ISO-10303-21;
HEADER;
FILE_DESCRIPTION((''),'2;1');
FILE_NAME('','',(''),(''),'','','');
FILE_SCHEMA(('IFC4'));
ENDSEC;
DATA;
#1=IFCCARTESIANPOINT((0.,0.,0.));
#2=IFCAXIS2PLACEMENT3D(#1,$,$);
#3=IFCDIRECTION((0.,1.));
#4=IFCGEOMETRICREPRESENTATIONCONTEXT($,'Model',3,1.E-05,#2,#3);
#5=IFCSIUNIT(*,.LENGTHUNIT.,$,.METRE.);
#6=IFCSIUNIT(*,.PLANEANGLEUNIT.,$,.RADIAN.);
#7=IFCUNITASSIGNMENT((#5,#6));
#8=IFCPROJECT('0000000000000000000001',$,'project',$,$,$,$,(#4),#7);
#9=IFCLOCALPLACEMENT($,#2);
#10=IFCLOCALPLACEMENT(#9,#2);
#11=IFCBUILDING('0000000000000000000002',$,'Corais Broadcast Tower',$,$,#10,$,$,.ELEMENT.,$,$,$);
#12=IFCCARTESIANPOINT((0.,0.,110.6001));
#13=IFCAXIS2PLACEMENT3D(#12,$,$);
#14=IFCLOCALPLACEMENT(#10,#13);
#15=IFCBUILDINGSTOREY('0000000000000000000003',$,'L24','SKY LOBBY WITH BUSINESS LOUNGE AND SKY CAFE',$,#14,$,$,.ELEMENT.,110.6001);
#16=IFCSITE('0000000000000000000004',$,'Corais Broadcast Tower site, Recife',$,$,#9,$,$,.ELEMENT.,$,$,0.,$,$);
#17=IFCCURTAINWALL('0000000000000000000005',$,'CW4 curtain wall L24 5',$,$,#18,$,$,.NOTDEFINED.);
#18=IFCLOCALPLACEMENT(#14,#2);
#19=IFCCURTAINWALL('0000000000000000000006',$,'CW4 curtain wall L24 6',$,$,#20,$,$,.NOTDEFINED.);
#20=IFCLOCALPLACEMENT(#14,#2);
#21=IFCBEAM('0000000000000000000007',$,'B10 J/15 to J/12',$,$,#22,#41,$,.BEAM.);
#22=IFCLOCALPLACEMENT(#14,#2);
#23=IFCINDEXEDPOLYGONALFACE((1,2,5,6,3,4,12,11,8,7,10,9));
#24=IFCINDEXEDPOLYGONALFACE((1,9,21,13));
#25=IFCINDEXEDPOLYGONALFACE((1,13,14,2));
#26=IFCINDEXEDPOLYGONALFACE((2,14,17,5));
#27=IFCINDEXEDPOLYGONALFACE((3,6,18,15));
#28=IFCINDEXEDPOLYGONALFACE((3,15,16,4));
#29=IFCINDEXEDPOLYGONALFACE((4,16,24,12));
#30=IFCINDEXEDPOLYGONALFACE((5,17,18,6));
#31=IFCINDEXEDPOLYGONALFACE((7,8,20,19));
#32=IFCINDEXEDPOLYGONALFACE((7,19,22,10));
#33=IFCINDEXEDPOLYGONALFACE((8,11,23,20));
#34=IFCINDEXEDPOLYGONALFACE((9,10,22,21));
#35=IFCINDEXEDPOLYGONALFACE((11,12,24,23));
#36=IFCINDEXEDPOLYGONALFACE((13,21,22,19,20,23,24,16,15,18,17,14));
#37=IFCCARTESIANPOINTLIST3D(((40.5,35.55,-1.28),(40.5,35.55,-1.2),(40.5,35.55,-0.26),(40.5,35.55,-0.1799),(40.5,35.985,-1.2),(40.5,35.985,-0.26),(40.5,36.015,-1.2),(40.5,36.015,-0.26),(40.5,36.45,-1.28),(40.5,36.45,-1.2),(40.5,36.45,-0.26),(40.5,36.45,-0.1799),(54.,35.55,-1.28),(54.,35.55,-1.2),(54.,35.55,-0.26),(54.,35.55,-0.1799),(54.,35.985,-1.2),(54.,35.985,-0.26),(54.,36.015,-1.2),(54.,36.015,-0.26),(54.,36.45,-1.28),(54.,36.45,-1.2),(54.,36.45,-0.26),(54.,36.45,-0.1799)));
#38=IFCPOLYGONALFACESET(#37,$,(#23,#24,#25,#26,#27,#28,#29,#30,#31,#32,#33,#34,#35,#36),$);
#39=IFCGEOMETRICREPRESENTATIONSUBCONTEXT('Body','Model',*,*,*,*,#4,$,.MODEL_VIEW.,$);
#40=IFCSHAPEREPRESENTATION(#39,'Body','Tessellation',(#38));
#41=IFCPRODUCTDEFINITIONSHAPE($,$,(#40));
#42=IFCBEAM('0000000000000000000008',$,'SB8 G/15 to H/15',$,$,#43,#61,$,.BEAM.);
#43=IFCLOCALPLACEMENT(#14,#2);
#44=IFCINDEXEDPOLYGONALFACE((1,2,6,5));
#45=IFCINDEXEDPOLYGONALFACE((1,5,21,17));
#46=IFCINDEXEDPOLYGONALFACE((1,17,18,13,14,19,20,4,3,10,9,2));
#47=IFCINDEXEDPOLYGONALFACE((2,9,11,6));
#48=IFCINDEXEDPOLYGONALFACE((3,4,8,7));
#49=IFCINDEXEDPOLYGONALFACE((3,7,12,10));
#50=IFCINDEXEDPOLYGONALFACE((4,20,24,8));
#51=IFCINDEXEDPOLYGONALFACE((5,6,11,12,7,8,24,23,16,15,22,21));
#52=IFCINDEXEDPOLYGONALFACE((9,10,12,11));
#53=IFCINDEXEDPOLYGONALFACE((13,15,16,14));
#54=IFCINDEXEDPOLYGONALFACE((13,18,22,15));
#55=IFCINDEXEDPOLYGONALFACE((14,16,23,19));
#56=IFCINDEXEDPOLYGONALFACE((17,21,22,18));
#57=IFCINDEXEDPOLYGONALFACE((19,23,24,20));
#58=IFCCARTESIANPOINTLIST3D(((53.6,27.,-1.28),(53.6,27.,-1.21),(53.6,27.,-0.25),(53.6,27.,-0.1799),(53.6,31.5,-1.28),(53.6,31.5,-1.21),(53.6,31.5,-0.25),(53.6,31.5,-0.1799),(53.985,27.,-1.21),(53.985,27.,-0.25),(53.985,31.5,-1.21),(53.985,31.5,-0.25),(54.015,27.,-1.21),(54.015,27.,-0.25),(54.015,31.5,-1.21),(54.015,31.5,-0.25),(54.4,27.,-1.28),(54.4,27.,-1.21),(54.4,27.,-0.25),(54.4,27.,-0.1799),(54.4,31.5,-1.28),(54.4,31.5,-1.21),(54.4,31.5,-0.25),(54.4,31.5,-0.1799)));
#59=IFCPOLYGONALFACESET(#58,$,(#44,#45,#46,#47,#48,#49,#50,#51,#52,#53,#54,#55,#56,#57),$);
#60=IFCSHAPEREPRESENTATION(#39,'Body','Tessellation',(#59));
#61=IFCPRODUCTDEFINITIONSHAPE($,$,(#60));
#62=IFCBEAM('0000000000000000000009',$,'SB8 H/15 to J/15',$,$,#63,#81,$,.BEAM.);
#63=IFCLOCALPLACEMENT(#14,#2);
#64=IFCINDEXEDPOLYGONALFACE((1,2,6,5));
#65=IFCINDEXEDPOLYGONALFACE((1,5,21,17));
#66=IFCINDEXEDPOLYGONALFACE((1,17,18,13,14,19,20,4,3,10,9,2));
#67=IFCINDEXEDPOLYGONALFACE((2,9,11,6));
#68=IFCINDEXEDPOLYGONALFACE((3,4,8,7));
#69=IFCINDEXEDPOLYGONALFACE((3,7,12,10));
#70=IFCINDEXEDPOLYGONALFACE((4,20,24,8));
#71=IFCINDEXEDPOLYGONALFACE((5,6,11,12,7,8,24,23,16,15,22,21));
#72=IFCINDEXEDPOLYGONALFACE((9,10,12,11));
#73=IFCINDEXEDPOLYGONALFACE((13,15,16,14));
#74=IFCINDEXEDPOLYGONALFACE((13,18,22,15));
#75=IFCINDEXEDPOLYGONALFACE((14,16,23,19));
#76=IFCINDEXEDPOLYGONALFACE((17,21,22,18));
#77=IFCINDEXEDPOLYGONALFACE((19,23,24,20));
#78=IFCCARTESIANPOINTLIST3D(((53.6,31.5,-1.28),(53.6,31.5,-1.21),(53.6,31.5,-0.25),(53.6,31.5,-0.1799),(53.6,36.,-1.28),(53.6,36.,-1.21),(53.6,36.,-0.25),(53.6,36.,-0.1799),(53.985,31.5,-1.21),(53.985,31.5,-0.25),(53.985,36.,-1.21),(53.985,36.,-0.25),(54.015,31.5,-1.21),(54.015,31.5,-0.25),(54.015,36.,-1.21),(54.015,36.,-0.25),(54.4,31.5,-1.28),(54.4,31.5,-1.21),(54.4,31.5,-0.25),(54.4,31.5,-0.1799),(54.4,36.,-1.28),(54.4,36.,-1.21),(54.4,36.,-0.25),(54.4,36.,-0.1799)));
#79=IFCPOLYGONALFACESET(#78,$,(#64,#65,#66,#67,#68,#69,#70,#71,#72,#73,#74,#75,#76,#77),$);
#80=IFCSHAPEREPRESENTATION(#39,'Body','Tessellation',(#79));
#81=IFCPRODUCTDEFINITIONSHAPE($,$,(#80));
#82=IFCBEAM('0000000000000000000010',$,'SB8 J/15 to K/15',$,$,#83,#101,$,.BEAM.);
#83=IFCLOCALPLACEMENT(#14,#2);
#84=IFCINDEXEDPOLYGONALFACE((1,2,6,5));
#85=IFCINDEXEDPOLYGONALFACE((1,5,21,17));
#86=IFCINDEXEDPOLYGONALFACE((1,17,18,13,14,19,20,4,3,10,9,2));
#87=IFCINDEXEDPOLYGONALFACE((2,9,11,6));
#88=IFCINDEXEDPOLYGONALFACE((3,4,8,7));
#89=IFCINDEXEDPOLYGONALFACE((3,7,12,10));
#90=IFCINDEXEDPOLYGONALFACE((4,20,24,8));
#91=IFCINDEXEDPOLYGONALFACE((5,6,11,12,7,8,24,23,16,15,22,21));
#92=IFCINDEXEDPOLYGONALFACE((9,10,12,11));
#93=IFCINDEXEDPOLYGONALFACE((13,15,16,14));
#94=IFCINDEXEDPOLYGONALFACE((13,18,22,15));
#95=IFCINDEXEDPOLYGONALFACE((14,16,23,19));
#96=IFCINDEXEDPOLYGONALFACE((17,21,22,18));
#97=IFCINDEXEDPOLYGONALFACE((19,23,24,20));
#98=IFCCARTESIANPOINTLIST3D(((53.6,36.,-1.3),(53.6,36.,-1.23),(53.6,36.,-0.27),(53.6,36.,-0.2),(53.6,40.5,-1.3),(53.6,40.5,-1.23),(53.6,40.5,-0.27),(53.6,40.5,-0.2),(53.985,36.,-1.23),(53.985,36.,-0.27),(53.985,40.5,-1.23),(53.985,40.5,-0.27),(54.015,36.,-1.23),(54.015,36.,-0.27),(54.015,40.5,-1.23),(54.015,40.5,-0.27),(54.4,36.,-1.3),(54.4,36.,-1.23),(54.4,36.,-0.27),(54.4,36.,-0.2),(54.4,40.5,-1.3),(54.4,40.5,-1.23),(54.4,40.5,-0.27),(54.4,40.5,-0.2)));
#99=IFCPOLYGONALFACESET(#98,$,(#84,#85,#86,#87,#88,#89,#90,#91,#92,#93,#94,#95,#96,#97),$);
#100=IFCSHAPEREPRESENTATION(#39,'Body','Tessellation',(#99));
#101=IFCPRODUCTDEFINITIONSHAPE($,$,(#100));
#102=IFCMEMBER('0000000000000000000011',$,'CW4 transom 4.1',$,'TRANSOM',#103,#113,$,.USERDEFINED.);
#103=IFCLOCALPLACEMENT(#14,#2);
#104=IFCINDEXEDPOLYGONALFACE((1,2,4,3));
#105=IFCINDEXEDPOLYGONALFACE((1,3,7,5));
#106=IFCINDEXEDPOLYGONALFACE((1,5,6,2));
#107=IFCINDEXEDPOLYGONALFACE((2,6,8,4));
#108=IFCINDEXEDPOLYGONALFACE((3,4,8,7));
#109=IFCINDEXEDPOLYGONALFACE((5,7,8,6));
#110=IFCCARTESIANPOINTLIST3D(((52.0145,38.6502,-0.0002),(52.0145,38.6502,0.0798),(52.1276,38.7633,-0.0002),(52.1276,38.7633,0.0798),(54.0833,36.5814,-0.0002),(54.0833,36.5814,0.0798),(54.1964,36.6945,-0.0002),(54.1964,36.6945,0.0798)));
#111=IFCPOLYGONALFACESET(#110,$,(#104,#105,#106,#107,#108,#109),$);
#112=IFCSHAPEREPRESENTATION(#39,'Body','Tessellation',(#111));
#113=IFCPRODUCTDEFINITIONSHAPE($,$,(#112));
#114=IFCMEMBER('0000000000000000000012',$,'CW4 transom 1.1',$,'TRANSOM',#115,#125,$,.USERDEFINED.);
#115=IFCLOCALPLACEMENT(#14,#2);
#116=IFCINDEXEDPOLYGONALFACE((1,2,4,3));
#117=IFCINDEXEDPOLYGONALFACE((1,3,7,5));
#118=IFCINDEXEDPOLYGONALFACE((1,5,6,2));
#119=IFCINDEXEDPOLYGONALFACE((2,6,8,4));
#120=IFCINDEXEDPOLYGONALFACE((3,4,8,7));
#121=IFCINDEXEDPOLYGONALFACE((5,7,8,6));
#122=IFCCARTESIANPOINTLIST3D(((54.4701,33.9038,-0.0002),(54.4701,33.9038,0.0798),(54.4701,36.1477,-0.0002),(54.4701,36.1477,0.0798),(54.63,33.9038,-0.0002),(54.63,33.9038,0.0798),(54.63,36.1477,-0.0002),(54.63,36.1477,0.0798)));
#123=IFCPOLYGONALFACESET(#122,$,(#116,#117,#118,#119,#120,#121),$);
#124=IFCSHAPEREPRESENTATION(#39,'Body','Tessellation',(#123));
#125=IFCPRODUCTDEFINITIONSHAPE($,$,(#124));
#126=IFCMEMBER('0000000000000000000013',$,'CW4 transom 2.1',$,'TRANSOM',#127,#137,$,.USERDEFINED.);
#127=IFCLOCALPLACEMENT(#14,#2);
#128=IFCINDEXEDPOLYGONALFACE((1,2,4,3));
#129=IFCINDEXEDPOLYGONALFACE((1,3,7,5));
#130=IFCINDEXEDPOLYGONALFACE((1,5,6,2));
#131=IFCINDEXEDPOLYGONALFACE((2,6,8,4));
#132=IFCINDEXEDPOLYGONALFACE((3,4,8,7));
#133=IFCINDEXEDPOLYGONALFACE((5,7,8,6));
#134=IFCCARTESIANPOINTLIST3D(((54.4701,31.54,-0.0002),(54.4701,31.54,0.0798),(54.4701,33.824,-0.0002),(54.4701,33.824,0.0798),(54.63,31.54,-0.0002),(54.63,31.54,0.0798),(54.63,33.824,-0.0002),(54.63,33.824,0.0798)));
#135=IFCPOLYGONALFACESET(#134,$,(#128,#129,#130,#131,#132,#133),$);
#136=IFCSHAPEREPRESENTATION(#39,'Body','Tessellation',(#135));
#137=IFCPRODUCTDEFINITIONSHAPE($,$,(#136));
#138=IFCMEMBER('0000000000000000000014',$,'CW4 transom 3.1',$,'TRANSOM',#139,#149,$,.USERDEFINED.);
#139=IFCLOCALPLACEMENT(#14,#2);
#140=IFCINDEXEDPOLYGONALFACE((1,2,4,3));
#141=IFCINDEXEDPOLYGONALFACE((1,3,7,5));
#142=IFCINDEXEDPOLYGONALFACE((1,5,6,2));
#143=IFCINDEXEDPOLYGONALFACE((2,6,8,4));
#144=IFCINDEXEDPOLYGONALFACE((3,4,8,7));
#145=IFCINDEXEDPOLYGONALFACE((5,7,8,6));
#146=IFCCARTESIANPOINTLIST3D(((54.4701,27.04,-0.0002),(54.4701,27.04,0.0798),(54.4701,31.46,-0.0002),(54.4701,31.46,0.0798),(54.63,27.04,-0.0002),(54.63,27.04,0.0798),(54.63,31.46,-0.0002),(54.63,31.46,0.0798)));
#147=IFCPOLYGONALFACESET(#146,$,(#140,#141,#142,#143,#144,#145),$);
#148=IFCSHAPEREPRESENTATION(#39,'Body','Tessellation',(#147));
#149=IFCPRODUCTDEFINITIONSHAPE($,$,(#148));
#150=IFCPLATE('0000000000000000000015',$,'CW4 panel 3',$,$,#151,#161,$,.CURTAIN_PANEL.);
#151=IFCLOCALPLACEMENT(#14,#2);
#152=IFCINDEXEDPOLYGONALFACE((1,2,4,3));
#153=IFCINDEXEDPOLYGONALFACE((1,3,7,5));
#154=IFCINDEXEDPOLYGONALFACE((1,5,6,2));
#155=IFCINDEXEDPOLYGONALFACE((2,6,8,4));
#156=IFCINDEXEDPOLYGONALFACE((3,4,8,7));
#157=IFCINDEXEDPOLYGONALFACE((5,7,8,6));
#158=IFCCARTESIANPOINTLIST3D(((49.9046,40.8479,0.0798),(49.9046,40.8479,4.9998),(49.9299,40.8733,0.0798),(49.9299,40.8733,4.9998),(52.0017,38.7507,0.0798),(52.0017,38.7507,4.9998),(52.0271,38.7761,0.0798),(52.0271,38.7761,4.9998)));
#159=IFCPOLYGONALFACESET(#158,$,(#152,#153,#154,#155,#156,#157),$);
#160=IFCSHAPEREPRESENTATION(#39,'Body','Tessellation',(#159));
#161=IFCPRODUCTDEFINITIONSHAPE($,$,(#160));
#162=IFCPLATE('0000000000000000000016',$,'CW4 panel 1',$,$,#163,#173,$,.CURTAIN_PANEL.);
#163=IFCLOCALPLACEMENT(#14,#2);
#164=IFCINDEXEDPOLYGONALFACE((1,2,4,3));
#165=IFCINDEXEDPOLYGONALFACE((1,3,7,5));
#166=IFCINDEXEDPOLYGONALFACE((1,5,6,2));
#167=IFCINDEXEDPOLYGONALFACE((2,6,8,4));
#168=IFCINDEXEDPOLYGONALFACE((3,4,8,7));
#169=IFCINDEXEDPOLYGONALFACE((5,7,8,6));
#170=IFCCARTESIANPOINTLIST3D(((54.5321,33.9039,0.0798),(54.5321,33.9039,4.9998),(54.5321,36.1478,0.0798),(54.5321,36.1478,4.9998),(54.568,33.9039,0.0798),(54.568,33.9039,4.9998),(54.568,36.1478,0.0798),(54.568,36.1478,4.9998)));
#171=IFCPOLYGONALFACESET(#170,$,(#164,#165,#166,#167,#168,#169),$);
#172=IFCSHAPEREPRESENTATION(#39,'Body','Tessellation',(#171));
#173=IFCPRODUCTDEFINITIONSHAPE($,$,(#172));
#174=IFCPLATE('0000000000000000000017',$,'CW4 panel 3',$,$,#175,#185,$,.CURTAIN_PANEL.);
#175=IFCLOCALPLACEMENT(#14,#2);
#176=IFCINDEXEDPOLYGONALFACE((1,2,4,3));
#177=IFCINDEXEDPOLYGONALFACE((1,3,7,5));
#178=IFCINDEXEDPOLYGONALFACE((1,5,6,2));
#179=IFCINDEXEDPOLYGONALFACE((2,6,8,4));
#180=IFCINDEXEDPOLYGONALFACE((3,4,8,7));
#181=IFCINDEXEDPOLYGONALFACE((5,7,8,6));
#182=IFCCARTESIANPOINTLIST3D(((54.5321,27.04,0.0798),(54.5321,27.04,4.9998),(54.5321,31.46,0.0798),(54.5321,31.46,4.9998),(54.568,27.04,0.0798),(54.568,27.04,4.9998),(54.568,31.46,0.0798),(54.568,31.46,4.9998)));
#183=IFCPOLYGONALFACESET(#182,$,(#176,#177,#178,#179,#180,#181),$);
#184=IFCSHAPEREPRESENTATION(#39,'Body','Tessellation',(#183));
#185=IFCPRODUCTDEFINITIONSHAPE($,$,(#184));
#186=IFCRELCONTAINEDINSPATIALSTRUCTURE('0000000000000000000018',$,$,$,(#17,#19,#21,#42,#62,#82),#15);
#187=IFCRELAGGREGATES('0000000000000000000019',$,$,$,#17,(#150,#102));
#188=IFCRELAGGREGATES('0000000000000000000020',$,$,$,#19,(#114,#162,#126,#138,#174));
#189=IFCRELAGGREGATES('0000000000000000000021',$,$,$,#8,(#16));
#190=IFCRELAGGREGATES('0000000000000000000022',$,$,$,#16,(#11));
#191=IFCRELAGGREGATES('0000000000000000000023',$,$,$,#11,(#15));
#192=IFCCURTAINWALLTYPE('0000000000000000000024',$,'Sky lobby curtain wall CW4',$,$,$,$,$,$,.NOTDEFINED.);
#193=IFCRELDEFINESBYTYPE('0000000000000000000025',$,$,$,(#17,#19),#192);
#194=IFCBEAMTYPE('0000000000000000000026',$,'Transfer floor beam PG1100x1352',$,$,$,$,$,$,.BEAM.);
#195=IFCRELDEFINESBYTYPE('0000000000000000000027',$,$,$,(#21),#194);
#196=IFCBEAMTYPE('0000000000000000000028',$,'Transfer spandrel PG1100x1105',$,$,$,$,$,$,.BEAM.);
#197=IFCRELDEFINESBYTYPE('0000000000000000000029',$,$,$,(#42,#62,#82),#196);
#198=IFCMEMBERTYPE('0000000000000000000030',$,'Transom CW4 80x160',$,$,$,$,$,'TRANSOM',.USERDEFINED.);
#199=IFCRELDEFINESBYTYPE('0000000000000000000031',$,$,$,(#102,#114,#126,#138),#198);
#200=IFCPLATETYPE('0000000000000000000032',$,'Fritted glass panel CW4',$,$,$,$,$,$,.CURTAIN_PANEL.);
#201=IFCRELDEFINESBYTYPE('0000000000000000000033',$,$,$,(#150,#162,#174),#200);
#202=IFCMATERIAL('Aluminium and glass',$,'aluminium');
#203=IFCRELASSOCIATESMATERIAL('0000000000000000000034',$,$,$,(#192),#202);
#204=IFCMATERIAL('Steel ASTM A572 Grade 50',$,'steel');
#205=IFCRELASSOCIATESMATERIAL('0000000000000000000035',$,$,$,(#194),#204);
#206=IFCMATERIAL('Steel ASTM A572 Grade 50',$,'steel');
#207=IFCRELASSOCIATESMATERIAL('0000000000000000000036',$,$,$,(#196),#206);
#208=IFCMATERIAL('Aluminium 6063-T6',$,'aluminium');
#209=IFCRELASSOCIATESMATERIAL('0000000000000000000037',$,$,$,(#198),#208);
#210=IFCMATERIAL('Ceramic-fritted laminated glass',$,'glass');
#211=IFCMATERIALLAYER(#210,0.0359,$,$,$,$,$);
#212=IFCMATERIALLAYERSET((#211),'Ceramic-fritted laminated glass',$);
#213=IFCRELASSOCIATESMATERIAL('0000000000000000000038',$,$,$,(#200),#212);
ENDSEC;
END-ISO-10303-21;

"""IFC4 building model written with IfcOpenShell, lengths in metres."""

from ifc_helpers import new_model, si_unit, direction, frame, origin, origin_2d, place, context, subcontext, project, spatial, rectangle, i_section, extrude, material, layer, layer_set, material_profile, profile_set, type_object, element, aggregate, save


model = new_model("IFC4")

# Units and contexts
model_context = context("Model", 3, precision=1e-05, world=origin(), true_north=direction((0.0, 1.0)))
body_context = subcontext(model_context, "Body", "Model", "MODEL_VIEW")
ifc_project = project(units=[si_unit("LENGTHUNIT", "METRE"), si_unit("PLANEANGLEUNIT", "RADIAN")], contexts=[model_context])

# Site, building, storey
site_placement = place(None, origin())
site = spatial("IfcSite", under=ifc_project, at=site_placement, Name="Corais Broadcast Tower site, Recife", CompositionType="ELEMENT", RefElevation=0.0)
building_placement = place(site_placement, origin())
building = spatial("IfcBuilding", under=site, at=building_placement, Name="Corais Broadcast Tower", CompositionType="ELEMENT")
storey_placement = place(building_placement, frame((0.0, 0.0, 110.6001)))
storey = spatial("IfcBuildingStorey", under=building, at=storey_placement, Name="L24", Description="SKY LOBBY WITH BUSINESS LOUNGE AND SKY CAFE", CompositionType="ELEMENT", Elevation=110.6001)

# Curtain walls
ifc_material_1 = material(Name="Aluminium and glass", Category="aluminium")
curtain_wall_type = type_object("IfcCurtainWallType", Name="Sky lobby curtain wall CW4", PredefinedType="NOTDEFINED", material=ifc_material_1)
curtain_wall_1_placement = place(storey_placement, origin())
curtain_wall_1 = element("IfcCurtainWall", 1, at=curtain_wall_1_placement, inside=storey, type_object=curtain_wall_type, Name="CW4 curtain wall L24 5", PredefinedType="NOTDEFINED")
curtain_wall_2_placement = place(storey_placement, origin())
curtain_wall_2 = element("IfcCurtainWall", 2, at=curtain_wall_2_placement, inside=storey, type_object=curtain_wall_type, Name="CW4 curtain wall L24 6", PredefinedType="NOTDEFINED")

# Beams
ifc_material_2 = material(Name="Steel ASTM A572 Grade 50", Category="steel")
ifc_material_profile_1 = material_profile(ifc_material_2, i_section(OverallWidth=0.8999, OverallDepth=1.1001, WebThickness=0.03, FlangeThickness=0.0801, at=origin_2d()), Name="PG1100x1352")
ifc_profile_set_1 = profile_set([ifc_material_profile_1], Name="Steel ASTM A572 Grade 50")
beam_type_1 = type_object("IfcBeamType", Name="Transfer floor beam PG1100x1352", PredefinedType="BEAM", material=ifc_profile_set_1)
for number, where, z_axis, x_axis, name in (
    (3, (54.0, 36.0, -0.73), (-1.0, 0.0, 0.0), (0.0, -1.0, 0.0), "B10 J/15 to J/12"),
):
    element("IfcBeam", number, at=place(storey_placement, frame(where, z_axis=z_axis, x_axis=x_axis)), inside=storey, type_object=beam_type_1, Name=name, PredefinedType="BEAM", context=body_context, shape_type="SweptSolid", body=[
        extrude(i_section(OverallWidth=0.8999, OverallDepth=1.1001, WebThickness=0.03, FlangeThickness=0.0801, at=origin_2d()), origin(), (0.0, 0.0, 1.0), 13.5),
    ])
ifc_material_3 = material(Name="Steel ASTM A572 Grade 50", Category="steel")
ifc_material_profile_2 = material_profile(ifc_material_3, i_section(OverallWidth=0.8, OverallDepth=1.1001, WebThickness=0.03, FlangeThickness=0.0701, at=origin_2d()), Name="PG1100x1105")
ifc_profile_set_2 = profile_set([ifc_material_profile_2], Name="Steel ASTM A572 Grade 50")
beam_type_2 = type_object("IfcBeamType", Name="Transfer spandrel PG1100x1105", PredefinedType="BEAM", material=ifc_profile_set_2)
for number, where, z_axis, x_axis, name in (
    (4, (54.0, 27.0, -0.73), (0.0, 1.0, 0.0), (-1.0, 0.0, 0.0), "SB8 G/15 to H/15"),
    (5, (54.0, 31.5, -0.73), (0.0, 1.0, 0.0), (-1.0, 0.0, 0.0), "SB8 H/15 to J/15"),
    (6, (54.0, 36.0, -0.75), (0.0, 1.0, 0.0), (-1.0, 0.0, 0.0), "SB8 J/15 to K/15"),
):
    element("IfcBeam", number, at=place(storey_placement, frame(where, z_axis=z_axis, x_axis=x_axis)), inside=storey, type_object=beam_type_2, Name=name, PredefinedType="BEAM", context=body_context, shape_type="SweptSolid", body=[
        extrude(i_section(OverallWidth=0.8, OverallDepth=1.1001, WebThickness=0.03, FlangeThickness=0.0701, at=origin_2d()), origin(), (0.0, 0.0, 1.0), 4.5),
    ])

# Members
ifc_material_4 = material(Name="Aluminium 6063-T6", Category="aluminium")
ifc_material_profile_3 = material_profile(ifc_material_4, rectangle(XDim=0.1599, YDim=0.0801, at=origin_2d()), Name="Transom CW4 80x160")
ifc_profile_set_3 = profile_set([ifc_material_profile_3], Name="Aluminium 6063-T6")
member_type_1 = type_object("IfcMemberType", Name="Transom CW4 80x160", ElementType="TRANSOM", PredefinedType="USERDEFINED", material=ifc_profile_set_3)
member_1_placement = place(storey_placement, frame((52.071, 38.7068, 0.0398), z_axis=(0.707107, -0.707107, 0.0), x_axis=(0.707107, 0.707107, 0.0)))
member_1 = element("IfcMember", 7, at=member_1_placement, type_object=member_type_1, Name="CW4 transom 4.1", ObjectType="TRANSOM", PredefinedType="USERDEFINED", context=body_context, shape_type="SweptSolid", body=[
    extrude(rectangle(XDim=0.1599, YDim=0.0801, at=origin_2d()), origin(), (0.0, 0.0, 1.0), 2.9258),
])
member_2_placement = place(storey_placement, frame((54.55, 36.1477, 0.0398), z_axis=(0.0, -1.0, 0.0), x_axis=(1.0, 0.0, 0.0)))
member_2 = element("IfcMember", 8, at=member_2_placement, type_object=member_type_1, Name="CW4 transom 1.1", ObjectType="TRANSOM", PredefinedType="USERDEFINED", context=body_context, shape_type="SweptSolid", body=[
    extrude(rectangle(XDim=0.1599, YDim=0.0801, at=origin_2d()), origin(), (0.0, 0.0, 1.0), 2.2439),
])
member_3_placement = place(storey_placement, frame((54.55, 33.824, 0.0398), z_axis=(0.0, -1.0, 0.0), x_axis=(1.0, 0.0, 0.0)))
member_3 = element("IfcMember", 9, at=member_3_placement, type_object=member_type_1, Name="CW4 transom 2.1", ObjectType="TRANSOM", PredefinedType="USERDEFINED", context=body_context, shape_type="SweptSolid", body=[
    extrude(rectangle(XDim=0.1599, YDim=0.0801, at=origin_2d()), origin(), (0.0, 0.0, 1.0), 2.2839),
])
member_4_placement = place(storey_placement, frame((54.55, 31.46, 0.0398), z_axis=(0.0, -1.0, 0.0), x_axis=(1.0, 0.0, 0.0)))
member_4 = element("IfcMember", 10, at=member_4_placement, type_object=member_type_1, Name="CW4 transom 3.1", ObjectType="TRANSOM", PredefinedType="USERDEFINED", context=body_context, shape_type="SweptSolid", body=[
    extrude(rectangle(XDim=0.1599, YDim=0.0801, at=origin_2d()), origin(), (0.0, 0.0, 1.0), 4.4199),
])

# Plates
ifc_material_5 = material(Name="Ceramic-fritted laminated glass", Category="glass")
ifc_layer_1 = layer(ifc_material_5, 0.0359)
ifc_layer_set_1 = layer_set([ifc_layer_1], Name="Ceramic-fritted laminated glass")
plate_type_1 = type_object("IfcPlateType", Name="Fritted glass panel CW4", PredefinedType="CURTAIN_PANEL", material=ifc_layer_set_1)
plate_1_placement = place(storey_placement, frame((50.9658, 39.812, 0.0798), z_axis=(0.0, 0.0, 1.0), x_axis=(0.707107, -0.707107, 0.0)))
plate_1 = element("IfcPlate", 11, at=plate_1_placement, type_object=plate_type_1, Name="CW4 panel 3", PredefinedType="CURTAIN_PANEL", context=body_context, shape_type="SweptSolid", body=[
    extrude(rectangle(XDim=2.9658, YDim=0.0359, at=origin_2d()), origin(), (0.0, 0.0, 1.0), 4.9199),
])
plate_2_placement = place(storey_placement, frame((54.55, 35.0259, 0.0798), z_axis=(0.0, 0.0, 1.0), x_axis=(0.0, -1.0, 0.0)))
plate_2 = element("IfcPlate", 12, at=plate_2_placement, type_object=plate_type_1, Name="CW4 panel 1", PredefinedType="CURTAIN_PANEL", context=body_context, shape_type="SweptSolid", body=[
    extrude(rectangle(XDim=2.2439, YDim=0.0359, at=origin_2d()), origin(), (0.0, 0.0, 1.0), 4.9199),
])
plate_3_placement = place(storey_placement, frame((54.55, 29.25, 0.0798), z_axis=(0.0, 0.0, 1.0), x_axis=(0.0, -1.0, 0.0)))
plate_3 = element("IfcPlate", 13, at=plate_3_placement, type_object=plate_type_1, Name="CW4 panel 3", PredefinedType="CURTAIN_PANEL", context=body_context, shape_type="SweptSolid", body=[
    extrude(rectangle(XDim=4.4199, YDim=0.0359, at=origin_2d()), origin(), (0.0, 0.0, 1.0), 4.9199),
])
aggregate(curtain_wall_1, [plate_1, member_1])
aggregate(curtain_wall_2, [member_2, plate_2, member_3, member_4, plate_3])

save(model, "model.ifc")
